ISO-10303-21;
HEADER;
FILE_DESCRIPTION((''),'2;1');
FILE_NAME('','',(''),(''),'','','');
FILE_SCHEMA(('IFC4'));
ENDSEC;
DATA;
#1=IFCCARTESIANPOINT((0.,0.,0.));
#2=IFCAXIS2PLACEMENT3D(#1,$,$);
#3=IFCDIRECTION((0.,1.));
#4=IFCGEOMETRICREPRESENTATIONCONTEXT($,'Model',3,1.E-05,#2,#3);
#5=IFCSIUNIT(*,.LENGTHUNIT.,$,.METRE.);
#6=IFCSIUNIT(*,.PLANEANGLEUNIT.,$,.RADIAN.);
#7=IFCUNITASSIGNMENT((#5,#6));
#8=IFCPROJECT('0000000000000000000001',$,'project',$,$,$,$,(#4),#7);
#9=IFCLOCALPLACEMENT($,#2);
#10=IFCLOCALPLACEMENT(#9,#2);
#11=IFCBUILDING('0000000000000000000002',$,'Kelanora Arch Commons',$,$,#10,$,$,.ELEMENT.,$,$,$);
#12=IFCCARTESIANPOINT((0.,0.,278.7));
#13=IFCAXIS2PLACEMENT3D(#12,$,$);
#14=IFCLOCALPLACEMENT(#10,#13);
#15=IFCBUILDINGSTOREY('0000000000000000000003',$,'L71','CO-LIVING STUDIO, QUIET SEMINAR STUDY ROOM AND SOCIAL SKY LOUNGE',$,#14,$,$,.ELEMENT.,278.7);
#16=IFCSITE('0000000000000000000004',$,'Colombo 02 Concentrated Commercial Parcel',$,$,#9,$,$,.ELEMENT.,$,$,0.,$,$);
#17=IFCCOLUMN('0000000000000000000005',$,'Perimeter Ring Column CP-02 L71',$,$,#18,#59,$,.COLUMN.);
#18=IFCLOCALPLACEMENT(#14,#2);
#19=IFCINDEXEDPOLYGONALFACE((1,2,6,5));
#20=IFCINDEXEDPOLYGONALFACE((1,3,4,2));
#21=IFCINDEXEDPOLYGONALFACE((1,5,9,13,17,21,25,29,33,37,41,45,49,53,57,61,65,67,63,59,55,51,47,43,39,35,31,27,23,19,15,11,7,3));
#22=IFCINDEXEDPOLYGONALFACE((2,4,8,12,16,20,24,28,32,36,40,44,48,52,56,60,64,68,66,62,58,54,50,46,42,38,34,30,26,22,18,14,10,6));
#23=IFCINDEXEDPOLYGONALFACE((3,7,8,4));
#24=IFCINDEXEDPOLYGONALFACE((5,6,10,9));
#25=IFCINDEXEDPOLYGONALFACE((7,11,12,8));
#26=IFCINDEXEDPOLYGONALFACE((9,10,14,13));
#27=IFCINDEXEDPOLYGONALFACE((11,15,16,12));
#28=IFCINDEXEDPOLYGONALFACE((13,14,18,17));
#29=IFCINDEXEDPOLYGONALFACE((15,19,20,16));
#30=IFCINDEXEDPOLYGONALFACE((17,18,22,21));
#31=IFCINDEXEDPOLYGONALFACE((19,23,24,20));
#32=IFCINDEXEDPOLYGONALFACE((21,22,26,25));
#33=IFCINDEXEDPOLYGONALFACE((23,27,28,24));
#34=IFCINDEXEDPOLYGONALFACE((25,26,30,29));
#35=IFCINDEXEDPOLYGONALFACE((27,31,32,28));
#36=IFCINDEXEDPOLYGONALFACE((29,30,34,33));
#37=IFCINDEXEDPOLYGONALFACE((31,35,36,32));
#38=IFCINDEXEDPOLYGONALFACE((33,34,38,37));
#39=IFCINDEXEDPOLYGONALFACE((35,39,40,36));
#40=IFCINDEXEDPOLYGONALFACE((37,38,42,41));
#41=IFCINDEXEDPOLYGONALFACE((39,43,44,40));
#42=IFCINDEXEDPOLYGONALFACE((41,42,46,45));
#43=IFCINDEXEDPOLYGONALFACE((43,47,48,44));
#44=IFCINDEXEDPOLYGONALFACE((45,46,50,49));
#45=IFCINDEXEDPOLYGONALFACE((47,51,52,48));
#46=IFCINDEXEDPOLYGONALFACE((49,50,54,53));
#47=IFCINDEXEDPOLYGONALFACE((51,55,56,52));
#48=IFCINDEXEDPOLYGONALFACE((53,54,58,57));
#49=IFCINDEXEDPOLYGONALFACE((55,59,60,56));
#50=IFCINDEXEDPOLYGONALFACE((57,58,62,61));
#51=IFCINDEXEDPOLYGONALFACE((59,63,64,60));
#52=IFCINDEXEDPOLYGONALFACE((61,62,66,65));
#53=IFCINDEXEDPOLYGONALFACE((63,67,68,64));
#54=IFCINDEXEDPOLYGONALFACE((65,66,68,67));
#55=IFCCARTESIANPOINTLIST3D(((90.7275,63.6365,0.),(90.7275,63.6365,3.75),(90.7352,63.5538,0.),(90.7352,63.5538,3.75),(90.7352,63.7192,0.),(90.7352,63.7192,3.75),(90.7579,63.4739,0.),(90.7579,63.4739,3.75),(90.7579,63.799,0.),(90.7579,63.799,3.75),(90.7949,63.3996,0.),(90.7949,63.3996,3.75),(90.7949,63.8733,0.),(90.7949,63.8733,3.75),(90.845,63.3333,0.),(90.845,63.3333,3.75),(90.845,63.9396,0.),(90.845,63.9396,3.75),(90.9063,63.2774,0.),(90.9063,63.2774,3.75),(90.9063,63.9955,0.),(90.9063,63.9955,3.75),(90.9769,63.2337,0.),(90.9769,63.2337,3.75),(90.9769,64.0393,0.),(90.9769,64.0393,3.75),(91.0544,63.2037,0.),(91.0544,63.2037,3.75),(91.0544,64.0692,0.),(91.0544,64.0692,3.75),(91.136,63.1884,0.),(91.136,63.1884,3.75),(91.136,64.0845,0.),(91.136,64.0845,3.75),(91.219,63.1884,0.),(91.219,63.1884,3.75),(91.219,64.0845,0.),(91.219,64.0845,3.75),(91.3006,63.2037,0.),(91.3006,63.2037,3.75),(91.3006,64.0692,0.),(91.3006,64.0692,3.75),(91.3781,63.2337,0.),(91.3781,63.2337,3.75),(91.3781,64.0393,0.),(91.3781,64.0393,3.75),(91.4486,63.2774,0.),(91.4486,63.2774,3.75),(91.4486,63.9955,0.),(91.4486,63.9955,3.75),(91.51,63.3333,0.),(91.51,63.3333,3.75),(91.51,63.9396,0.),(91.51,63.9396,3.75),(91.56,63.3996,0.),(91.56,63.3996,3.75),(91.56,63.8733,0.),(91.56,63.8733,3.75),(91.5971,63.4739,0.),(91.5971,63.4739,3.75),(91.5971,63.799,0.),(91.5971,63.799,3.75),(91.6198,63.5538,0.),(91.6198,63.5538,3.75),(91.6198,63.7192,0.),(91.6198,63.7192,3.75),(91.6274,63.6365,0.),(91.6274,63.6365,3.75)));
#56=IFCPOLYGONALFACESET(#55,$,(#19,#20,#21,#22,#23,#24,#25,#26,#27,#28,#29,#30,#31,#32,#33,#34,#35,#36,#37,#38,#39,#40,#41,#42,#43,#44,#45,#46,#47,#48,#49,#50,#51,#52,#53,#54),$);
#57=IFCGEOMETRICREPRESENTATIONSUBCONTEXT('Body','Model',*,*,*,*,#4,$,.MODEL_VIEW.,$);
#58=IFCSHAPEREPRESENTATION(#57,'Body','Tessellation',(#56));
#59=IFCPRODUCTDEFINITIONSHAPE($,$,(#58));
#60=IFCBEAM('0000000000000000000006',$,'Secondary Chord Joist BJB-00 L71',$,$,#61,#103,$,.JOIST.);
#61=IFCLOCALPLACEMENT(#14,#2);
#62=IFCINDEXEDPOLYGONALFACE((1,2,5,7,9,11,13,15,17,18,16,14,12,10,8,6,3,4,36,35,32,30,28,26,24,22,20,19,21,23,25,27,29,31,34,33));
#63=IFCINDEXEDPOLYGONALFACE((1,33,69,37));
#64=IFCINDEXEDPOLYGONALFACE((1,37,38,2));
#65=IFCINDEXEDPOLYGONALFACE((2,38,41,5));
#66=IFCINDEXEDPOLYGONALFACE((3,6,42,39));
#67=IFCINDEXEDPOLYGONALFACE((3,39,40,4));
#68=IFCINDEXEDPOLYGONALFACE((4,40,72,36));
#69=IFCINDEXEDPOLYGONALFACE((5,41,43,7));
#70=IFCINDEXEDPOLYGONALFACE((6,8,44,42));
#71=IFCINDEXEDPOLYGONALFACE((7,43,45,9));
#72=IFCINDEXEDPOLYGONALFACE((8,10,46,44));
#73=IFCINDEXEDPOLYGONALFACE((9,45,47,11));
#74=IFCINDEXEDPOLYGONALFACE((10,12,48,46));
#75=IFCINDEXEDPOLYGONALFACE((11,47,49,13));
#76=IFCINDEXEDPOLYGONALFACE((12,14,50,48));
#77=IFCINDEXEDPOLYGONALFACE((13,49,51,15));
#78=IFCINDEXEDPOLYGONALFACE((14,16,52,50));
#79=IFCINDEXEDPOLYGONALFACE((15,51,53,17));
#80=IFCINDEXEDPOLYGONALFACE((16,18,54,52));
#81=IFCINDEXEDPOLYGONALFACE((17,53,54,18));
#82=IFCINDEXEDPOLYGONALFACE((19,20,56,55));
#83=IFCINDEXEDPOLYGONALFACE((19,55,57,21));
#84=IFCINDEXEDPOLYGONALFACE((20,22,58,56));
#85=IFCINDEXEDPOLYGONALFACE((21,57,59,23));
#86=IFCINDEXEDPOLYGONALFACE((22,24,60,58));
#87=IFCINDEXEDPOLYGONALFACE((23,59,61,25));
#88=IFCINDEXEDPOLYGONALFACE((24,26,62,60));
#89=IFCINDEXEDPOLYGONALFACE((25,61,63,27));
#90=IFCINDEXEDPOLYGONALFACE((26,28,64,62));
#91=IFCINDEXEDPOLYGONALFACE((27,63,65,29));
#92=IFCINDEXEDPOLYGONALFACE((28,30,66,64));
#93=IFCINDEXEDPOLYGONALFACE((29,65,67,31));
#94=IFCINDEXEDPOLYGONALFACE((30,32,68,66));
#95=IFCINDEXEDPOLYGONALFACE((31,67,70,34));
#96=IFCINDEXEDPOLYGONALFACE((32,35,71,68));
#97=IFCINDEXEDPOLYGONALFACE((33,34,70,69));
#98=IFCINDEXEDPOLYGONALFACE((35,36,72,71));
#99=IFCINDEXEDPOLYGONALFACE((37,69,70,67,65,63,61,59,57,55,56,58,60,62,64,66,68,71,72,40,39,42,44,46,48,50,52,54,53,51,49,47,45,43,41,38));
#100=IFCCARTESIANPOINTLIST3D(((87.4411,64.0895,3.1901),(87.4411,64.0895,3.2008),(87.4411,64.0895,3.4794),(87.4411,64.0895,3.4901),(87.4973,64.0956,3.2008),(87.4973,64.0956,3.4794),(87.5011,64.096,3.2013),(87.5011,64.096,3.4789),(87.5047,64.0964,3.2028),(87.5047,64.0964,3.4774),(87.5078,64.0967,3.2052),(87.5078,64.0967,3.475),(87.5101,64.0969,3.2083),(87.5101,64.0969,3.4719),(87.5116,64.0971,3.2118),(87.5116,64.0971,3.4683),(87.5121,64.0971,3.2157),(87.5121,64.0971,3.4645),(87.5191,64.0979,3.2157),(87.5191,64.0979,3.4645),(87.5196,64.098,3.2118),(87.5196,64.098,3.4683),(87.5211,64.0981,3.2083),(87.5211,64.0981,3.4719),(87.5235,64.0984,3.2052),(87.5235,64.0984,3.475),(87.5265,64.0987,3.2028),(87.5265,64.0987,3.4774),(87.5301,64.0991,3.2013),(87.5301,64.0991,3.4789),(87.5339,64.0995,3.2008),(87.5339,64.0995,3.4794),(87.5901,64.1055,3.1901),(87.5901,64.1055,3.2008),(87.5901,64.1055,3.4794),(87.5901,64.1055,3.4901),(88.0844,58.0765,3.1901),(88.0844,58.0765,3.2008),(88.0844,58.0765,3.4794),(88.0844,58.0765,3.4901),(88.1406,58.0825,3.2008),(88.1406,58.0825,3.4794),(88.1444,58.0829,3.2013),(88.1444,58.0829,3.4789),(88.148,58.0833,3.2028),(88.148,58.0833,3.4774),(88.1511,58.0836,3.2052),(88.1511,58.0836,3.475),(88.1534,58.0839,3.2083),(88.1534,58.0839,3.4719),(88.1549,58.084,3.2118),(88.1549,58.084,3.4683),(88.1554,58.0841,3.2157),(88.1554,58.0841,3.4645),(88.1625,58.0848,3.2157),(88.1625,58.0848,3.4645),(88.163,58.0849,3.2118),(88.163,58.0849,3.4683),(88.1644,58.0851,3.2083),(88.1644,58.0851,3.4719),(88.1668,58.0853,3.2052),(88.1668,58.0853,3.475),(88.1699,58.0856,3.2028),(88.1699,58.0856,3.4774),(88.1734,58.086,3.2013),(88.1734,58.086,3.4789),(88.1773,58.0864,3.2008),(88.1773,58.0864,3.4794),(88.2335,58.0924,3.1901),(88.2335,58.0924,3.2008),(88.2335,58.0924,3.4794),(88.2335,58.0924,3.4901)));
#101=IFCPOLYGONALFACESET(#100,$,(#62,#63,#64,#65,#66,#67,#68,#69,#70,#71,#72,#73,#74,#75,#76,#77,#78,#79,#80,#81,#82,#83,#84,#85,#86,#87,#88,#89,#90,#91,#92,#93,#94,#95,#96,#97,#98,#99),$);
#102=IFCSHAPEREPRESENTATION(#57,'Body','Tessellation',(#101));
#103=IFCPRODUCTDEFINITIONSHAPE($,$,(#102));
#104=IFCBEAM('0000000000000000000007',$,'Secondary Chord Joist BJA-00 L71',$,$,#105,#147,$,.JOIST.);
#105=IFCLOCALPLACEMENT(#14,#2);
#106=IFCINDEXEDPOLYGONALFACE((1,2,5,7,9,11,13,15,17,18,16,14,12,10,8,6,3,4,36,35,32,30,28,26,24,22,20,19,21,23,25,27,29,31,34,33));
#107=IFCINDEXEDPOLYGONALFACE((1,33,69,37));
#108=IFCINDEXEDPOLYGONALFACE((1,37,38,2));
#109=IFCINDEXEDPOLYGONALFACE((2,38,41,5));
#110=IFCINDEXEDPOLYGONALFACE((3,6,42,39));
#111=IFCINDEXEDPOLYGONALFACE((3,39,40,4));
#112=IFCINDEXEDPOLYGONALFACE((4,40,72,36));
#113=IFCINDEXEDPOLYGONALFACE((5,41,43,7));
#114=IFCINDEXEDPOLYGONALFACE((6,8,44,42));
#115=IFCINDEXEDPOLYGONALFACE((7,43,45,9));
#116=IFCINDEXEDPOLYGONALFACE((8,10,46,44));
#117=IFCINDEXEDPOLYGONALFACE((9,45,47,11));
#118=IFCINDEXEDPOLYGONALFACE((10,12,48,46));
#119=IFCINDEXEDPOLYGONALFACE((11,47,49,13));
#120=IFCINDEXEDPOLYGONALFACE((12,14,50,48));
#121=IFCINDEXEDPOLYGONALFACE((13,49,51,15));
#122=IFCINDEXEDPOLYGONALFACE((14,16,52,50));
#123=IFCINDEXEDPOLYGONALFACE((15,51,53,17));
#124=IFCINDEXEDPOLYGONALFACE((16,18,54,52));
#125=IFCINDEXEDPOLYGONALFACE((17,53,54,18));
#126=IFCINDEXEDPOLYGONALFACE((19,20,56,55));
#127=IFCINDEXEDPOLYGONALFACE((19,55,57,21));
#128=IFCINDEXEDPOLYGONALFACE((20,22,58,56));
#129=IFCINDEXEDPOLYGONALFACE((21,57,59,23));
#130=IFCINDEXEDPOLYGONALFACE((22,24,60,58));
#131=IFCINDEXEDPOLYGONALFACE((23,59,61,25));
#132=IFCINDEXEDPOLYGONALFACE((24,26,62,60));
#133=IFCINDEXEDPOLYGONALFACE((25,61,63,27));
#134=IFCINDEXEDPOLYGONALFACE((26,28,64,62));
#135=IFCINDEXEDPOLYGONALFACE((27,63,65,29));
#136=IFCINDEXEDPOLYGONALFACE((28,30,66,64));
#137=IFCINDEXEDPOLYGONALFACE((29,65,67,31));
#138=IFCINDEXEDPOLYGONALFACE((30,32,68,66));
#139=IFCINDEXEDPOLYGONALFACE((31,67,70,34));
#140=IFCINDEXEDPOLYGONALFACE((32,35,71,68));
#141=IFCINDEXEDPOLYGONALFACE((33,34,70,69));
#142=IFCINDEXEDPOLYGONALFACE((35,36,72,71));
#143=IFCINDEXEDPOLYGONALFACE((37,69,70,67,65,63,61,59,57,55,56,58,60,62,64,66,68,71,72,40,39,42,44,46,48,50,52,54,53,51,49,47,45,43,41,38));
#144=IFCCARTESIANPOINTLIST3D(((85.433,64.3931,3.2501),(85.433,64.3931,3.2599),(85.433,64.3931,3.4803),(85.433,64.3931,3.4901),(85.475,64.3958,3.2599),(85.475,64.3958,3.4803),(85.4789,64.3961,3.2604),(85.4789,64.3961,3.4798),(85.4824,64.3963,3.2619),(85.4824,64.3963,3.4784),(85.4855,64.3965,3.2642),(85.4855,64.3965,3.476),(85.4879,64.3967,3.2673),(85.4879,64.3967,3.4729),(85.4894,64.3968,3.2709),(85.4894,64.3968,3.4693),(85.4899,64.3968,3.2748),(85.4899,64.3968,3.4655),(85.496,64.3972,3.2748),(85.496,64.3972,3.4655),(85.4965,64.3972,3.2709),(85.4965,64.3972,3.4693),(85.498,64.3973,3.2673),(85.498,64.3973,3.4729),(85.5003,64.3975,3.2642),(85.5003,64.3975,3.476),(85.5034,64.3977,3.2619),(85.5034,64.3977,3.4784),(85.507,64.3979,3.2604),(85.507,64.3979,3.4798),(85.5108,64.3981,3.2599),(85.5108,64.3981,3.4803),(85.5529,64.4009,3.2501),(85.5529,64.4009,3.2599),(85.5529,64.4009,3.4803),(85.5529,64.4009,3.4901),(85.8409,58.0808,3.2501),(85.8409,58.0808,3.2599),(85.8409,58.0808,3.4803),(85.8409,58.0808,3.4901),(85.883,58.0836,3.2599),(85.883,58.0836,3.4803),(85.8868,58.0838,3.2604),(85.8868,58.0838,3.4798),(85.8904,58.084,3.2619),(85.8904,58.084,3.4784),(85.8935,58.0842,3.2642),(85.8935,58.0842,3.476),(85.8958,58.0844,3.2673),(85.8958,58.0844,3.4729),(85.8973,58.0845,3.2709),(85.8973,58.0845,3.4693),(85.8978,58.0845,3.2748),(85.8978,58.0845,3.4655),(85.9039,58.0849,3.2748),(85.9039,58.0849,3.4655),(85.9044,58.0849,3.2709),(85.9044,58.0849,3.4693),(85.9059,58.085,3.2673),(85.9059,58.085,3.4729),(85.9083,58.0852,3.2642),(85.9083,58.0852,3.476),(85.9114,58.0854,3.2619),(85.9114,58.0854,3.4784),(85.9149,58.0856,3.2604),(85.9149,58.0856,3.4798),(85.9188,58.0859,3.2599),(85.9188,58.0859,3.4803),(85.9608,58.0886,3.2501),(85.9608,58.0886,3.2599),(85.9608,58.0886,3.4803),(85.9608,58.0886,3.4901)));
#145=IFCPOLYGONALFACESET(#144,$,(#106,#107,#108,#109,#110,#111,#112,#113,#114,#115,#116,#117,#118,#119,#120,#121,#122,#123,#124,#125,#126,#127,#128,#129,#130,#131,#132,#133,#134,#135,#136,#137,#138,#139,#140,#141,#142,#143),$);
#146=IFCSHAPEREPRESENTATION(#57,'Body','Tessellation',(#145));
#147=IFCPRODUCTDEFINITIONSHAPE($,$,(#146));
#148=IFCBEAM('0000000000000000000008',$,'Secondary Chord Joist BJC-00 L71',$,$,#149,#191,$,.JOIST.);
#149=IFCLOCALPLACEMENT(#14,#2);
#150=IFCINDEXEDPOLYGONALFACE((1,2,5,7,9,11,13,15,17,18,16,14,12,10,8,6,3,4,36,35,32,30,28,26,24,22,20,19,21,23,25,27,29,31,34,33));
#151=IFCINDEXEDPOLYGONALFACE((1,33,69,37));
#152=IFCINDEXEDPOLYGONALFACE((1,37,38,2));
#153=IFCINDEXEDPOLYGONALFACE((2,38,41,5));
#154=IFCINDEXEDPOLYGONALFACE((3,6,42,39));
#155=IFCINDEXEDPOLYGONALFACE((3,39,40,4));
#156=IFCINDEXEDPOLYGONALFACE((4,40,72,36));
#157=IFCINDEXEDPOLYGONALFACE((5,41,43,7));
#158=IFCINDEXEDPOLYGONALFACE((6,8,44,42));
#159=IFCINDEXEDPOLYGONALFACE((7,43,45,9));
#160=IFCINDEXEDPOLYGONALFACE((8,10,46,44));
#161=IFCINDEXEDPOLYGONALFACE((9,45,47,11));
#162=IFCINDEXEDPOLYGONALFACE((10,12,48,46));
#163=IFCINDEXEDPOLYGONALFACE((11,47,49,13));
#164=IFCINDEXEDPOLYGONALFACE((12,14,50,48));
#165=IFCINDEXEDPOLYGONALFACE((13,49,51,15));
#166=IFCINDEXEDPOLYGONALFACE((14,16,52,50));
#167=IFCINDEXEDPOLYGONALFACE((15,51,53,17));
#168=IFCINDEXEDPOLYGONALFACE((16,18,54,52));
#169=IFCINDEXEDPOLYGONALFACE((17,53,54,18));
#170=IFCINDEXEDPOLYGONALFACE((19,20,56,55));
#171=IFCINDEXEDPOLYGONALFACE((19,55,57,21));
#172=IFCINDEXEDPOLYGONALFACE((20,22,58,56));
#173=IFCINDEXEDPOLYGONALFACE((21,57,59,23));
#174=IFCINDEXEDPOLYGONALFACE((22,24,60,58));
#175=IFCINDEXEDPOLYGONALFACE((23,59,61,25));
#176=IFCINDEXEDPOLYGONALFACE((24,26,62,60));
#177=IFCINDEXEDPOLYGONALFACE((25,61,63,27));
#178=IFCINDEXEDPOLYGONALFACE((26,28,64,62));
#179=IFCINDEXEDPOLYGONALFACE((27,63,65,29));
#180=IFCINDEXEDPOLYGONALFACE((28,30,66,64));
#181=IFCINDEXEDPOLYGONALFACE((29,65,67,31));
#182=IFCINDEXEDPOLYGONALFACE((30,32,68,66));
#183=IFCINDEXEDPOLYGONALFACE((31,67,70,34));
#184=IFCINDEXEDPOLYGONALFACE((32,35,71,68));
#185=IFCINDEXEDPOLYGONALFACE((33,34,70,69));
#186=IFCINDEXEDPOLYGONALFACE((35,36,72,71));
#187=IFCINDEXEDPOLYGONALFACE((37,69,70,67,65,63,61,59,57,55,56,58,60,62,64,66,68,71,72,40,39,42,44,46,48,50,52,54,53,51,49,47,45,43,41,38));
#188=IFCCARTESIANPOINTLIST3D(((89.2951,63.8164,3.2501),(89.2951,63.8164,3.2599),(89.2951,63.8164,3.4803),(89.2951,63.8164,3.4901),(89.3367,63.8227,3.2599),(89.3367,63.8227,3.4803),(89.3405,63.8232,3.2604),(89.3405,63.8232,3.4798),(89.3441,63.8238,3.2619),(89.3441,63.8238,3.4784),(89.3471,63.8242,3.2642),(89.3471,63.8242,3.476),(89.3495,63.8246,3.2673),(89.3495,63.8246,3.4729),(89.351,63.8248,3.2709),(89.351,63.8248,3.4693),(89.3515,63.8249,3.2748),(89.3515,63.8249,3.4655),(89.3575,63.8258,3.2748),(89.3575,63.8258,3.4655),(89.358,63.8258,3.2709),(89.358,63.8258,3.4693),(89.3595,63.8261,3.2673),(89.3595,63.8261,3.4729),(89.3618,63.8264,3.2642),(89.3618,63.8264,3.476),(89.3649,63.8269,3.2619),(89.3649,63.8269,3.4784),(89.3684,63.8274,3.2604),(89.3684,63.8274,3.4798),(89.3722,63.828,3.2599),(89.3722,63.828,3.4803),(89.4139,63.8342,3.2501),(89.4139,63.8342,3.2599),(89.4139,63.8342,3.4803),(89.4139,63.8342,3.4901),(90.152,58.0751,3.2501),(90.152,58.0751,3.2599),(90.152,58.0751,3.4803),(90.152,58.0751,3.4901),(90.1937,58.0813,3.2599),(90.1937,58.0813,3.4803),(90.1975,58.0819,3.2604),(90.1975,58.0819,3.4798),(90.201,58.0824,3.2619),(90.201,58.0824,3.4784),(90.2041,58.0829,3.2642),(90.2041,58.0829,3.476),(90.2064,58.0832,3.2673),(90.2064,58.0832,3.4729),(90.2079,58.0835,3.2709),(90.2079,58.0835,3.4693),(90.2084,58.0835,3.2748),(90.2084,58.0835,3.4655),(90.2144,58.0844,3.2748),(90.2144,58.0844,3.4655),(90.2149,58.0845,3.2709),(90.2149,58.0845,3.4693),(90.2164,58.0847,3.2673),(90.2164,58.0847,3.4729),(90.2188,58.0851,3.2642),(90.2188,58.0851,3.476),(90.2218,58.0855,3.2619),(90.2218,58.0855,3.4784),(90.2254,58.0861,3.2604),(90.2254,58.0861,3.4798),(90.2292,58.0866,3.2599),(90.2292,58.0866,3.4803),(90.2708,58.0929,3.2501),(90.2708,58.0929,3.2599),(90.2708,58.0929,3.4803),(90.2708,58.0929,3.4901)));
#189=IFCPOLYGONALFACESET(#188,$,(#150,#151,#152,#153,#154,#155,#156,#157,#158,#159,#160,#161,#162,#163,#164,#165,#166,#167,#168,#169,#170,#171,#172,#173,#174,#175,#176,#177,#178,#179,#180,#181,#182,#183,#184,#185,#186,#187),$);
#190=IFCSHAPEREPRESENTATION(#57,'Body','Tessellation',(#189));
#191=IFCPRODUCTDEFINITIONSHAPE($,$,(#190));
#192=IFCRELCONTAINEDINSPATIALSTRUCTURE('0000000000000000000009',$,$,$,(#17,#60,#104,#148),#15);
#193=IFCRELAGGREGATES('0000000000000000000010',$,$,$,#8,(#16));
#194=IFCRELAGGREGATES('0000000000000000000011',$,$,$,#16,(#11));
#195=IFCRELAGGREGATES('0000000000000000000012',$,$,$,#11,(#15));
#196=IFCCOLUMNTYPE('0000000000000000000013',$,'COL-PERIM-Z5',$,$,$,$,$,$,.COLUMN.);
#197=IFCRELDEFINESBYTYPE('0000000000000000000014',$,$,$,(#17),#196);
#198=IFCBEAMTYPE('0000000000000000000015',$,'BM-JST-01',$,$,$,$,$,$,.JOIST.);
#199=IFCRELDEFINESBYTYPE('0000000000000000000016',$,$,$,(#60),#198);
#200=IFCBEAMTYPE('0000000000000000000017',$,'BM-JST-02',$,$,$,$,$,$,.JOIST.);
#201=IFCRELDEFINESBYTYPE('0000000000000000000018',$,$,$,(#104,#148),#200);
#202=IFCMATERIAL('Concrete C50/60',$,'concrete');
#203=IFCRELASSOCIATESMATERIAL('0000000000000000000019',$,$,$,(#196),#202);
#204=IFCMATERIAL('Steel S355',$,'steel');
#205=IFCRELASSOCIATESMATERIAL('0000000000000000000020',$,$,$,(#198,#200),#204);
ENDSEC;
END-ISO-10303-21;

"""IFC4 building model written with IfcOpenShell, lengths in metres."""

from ifc_helpers import new_model, si_unit, direction, frame, origin, origin_2d, place, context, subcontext, project, spatial, circle, i_section, extrude, material, material_profile, profile_set, type_object, element, save


model = new_model("IFC4")

# Units and contexts
model_context = context("Model", 3, precision=1e-05, world=origin(), true_north=direction((0.0, 1.0)))
body_context = subcontext(model_context, "Body", "Model", "MODEL_VIEW")
ifc_project = project(units=[si_unit("LENGTHUNIT", "METRE"), si_unit("PLANEANGLEUNIT", "RADIAN")], contexts=[model_context])

# Site, building, storey
site_placement = place(None, origin())
site = spatial("IfcSite", under=ifc_project, at=site_placement, Name="Colombo 02 Concentrated Commercial Parcel", CompositionType="ELEMENT", RefElevation=0.0)
building_placement = place(site_placement, origin())
building = spatial("IfcBuilding", under=site, at=building_placement, Name="Kelanora Arch Commons", CompositionType="ELEMENT")
storey_placement = place(building_placement, frame((0.0, 0.0, 278.7)))
storey = spatial("IfcBuildingStorey", under=building, at=storey_placement, Name="L71", Description="CO-LIVING STUDIO, QUIET SEMINAR STUDY ROOM AND SOCIAL SKY LOUNGE", CompositionType="ELEMENT", Elevation=278.7)

# Column
ifc_material_1 = material(Name="Concrete C50/60", Category="concrete")
ifc_material_profile_1 = material_profile(ifc_material_1, circle(Radius=0.45, at=origin_2d()), Name="RCC900")
ifc_profile_set_1 = profile_set([ifc_material_profile_1], Name="Concrete C50/60")
column_type = type_object("IfcColumnType", Name="COL-PERIM-Z5", PredefinedType="COLUMN", material=ifc_profile_set_1)
column_placement = place(storey_placement, frame((91.1775, 63.6365, 0.0), z_axis=(0.0, 0.0, 1.0), x_axis=(1.0, 0.0, 0.0)))
element("IfcColumn", 1, at=column_placement, inside=storey, type_object=column_type, Name="Perimeter Ring Column CP-02 L71", PredefinedType="COLUMN", context=body_context, shape_type="SweptSolid", body=[
    extrude(circle(Radius=0.45, at=origin_2d()), origin(), (0.0, 0.0, 1.0), 3.75),
])

# Beams
ifc_material_2 = material(Name="Steel S355", Category="steel")
ifc_material_profile_2 = material_profile(ifc_material_2, i_section(OverallWidth=0.1499, OverallDepth=0.3, WebThickness=0.0071, FlangeThickness=0.0107, FilletRadius=0.0149, at=origin_2d()), Name="IPE300")
ifc_profile_set_2 = profile_set([ifc_material_profile_2], Name="Steel S355")
beam_type_1 = type_object("IfcBeamType", Name="BM-JST-01", PredefinedType="JOIST", material=ifc_profile_set_2)
beam_1_placement = place(storey_placement, frame((88.1589, 58.0845, 3.3401), z_axis=(-0.106381, 0.994325, 0.0), x_axis=(-0.994325, -0.106381, 0.0)))
element("IfcBeam", 2, at=beam_1_placement, inside=storey, type_object=beam_type_1, Name="Secondary Chord Joist BJB-00 L71", PredefinedType="JOIST", context=body_context, shape_type="SweptSolid", body=[
    extrude(i_section(OverallWidth=0.1499, OverallDepth=0.3, WebThickness=0.0071, FlangeThickness=0.0107, FilletRadius=0.0149, at=origin_2d()), origin(), (0.0, 0.0, 1.0), 6.0474),
])
ifc_material_profile_3 = material_profile(ifc_material_2, i_section(OverallWidth=0.1201, OverallDepth=0.24, WebThickness=0.0061, FlangeThickness=0.0098, FilletRadius=0.0149, at=origin_2d()), Name="IPE240")
ifc_profile_set_3 = profile_set([ifc_material_profile_3], Name="Steel S355")
beam_type_2 = type_object("IfcBeamType", Name="BM-JST-02", PredefinedType="JOIST", material=ifc_profile_set_3)
beam_2_placement = place(storey_placement, frame((85.9009, 58.0847, 3.3701), z_axis=(-0.064495, 0.997918, 0.0), x_axis=(-0.997918, -0.064495, 0.0)))
element("IfcBeam", 3, at=beam_2_placement, inside=storey, type_object=beam_type_2, Name="Secondary Chord Joist BJA-00 L71", PredefinedType="JOIST", context=body_context, shape_type="SweptSolid", body=[
    extrude(i_section(OverallWidth=0.1201, OverallDepth=0.24, WebThickness=0.0061, FlangeThickness=0.0098, FilletRadius=0.0149, at=origin_2d()), origin(), (0.0, 0.0, 1.0), 6.3254),
])
beam_3_placement = place(storey_placement, frame((90.2114, 58.084, 3.3701), z_axis=(-0.147625, 0.989043, 0.0), x_axis=(-0.989043, -0.147625, 0.0)))
element("IfcBeam", 4, at=beam_3_placement, inside=storey, type_object=beam_type_2, Name="Secondary Chord Joist BJC-00 L71", PredefinedType="JOIST", context=body_context, shape_type="SweptSolid", body=[
    extrude(i_section(OverallWidth=0.1201, OverallDepth=0.24, WebThickness=0.0061, FlangeThickness=0.0098, FilletRadius=0.0149, at=origin_2d()), origin(), (0.0, 0.0, 1.0), 5.8049),
])

save(model, "model.ifc")
